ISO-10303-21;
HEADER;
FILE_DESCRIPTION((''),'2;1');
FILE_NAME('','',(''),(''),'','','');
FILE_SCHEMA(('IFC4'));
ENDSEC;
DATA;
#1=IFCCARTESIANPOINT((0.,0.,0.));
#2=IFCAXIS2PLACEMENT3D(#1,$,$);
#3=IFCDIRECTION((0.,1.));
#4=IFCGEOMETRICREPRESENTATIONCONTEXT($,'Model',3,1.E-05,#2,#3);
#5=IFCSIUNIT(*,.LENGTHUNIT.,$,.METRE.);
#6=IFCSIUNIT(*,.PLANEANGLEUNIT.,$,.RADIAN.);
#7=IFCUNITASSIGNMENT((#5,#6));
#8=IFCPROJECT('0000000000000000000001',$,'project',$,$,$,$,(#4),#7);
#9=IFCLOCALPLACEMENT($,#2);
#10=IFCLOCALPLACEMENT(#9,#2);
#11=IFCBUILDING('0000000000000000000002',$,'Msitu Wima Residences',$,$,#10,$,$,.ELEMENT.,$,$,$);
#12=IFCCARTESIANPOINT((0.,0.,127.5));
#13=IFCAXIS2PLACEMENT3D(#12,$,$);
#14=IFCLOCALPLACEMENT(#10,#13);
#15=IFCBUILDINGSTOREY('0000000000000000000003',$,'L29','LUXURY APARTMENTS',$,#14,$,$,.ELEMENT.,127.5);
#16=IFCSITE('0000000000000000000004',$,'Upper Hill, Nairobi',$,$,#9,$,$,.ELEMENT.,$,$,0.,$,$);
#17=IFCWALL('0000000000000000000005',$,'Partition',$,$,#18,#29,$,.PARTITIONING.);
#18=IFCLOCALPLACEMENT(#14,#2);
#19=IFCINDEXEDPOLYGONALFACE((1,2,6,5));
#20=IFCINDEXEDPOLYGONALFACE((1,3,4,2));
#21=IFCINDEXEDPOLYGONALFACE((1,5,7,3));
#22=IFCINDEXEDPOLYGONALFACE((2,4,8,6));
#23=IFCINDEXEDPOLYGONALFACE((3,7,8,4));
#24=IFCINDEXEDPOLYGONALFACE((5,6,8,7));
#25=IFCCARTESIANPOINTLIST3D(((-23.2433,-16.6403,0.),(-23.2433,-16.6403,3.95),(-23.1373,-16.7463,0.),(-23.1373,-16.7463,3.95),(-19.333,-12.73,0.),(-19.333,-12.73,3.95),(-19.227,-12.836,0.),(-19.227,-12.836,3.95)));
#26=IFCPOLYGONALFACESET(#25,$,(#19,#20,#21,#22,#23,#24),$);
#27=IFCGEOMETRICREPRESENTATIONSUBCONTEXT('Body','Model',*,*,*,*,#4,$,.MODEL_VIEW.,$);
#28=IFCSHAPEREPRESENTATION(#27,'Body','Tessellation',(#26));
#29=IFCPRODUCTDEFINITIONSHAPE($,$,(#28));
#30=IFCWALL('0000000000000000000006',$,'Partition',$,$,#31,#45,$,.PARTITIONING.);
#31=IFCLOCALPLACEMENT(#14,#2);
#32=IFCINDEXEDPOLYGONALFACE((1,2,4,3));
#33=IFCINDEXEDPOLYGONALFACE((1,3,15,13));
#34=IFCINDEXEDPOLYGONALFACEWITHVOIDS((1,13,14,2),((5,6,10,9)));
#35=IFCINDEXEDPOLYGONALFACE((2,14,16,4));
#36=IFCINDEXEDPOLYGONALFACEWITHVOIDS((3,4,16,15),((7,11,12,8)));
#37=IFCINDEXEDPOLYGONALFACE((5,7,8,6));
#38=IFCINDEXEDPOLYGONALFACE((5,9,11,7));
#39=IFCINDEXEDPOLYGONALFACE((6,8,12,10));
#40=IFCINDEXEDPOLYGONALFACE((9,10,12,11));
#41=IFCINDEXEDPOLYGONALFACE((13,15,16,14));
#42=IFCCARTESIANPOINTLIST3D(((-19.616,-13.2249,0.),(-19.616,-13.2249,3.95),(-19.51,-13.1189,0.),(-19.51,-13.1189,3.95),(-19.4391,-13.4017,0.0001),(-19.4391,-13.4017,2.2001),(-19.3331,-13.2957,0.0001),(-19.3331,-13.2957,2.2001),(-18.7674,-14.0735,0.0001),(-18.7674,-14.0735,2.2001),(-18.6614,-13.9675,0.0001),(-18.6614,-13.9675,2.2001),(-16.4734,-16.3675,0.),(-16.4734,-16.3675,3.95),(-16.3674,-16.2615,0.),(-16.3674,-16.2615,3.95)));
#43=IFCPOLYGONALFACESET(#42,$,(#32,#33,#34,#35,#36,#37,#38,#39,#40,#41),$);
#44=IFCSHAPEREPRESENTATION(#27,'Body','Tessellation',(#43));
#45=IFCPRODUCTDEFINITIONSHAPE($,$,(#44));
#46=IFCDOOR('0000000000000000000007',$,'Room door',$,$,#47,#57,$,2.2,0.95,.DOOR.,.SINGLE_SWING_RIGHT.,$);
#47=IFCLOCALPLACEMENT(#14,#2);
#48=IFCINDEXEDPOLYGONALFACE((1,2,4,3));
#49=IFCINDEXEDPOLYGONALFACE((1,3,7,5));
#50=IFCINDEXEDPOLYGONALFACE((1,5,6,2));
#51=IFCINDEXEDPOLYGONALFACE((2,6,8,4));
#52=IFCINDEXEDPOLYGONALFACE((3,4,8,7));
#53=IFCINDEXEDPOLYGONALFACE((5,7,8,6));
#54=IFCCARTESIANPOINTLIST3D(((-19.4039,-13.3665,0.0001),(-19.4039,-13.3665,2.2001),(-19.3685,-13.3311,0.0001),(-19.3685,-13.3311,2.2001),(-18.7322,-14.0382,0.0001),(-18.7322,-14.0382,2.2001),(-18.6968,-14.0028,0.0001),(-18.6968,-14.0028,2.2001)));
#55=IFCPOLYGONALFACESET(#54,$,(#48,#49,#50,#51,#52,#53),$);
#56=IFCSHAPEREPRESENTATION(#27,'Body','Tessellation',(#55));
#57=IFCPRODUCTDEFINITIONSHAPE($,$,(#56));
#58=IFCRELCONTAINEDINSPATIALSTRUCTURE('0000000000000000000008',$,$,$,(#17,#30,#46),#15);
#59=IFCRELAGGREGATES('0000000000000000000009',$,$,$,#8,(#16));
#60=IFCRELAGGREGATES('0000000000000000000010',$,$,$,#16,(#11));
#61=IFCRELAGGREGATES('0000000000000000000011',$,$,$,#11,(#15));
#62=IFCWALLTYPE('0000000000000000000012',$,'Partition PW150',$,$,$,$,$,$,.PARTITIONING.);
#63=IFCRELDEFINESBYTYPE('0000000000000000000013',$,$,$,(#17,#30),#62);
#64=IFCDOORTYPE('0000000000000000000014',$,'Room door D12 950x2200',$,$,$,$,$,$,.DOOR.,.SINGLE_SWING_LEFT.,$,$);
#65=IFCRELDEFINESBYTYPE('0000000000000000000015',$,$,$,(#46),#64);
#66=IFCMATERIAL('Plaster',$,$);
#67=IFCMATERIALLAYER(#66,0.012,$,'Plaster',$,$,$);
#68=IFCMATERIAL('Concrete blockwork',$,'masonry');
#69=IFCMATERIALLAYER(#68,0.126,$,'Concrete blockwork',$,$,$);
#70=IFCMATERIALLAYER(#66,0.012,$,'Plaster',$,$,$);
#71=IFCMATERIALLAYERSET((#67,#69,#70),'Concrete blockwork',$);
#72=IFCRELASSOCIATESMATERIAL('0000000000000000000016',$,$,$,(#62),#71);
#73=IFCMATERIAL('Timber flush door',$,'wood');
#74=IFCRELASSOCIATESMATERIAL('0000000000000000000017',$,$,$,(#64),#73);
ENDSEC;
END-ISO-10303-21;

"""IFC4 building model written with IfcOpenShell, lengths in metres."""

from ifc_helpers import new_model, si_unit, direction, frame, frame_2d, origin, place, context, subcontext, project, spatial, rectangle, extrude, material, layer, layer_set, type_object, element, fill, save


model = new_model("IFC4")

# Units and contexts
model_context = context("Model", 3, precision=1e-05, world=origin(), true_north=direction((0.0, 1.0)))
body_context = subcontext(model_context, "Body", "Model", "MODEL_VIEW")
ifc_project = project(units=[si_unit("LENGTHUNIT", "METRE"), si_unit("PLANEANGLEUNIT", "RADIAN")], contexts=[model_context])

# Site, building, storey
site_placement = place(None, origin())
site = spatial("IfcSite", under=ifc_project, at=site_placement, Name="Upper Hill, Nairobi", CompositionType="ELEMENT", RefElevation=0.0)
building_placement = place(site_placement, origin())
building = spatial("IfcBuilding", under=site, at=building_placement, Name="Msitu Wima Residences", CompositionType="ELEMENT")
storey_placement = place(building_placement, frame((0.0, 0.0, 127.5)))
storey = spatial("IfcBuildingStorey", under=building, at=storey_placement, Name="L29", Description="LUXURY APARTMENTS", CompositionType="ELEMENT", Elevation=127.5)

# Wall
ifc_material_1 = material(Name="Plaster")
ifc_layer_1 = layer(ifc_material_1, 0.012, Name="Plaster")
ifc_material_2 = material(Name="Concrete blockwork", Category="masonry")
ifc_layer_2 = layer(ifc_material_2, 0.126, Name="Concrete blockwork")
ifc_layer_3 = layer(ifc_material_1, 0.012, Name="Plaster")
ifc_layer_set_1 = layer_set([ifc_layer_1, ifc_layer_2, ifc_layer_3], Name="Concrete blockwork")
wall_type_1 = type_object("IfcWallType", Name="Partition PW150", PredefinedType="PARTITIONING", material=ifc_layer_set_1)
wall_1_placement = place(storey_placement, frame((-23.1904, -16.6934, 0.0), z_axis=(0.0, 0.0, 1.0), x_axis=(0.707107, 0.707107, 0.0)))
element("IfcWall", 1, at=wall_1_placement, inside=storey, type_object=wall_type_1, Name="Partition", PredefinedType="PARTITIONING", context=body_context, shape_type="SweptSolid", body=[
    extrude(rectangle(XDim=5.53, YDim=0.1499, at=frame_2d((2.7651, 0.0))), origin(), (0.0, 0.0, 1.0), 3.95),
])

# Wall, opening, door
wall_2_placement = place(storey_placement, frame((-19.563, -13.1719, 0.0), z_axis=(0.0, 0.0, 1.0), x_axis=(0.707107, -0.707107, 0.0)))
wall_2 = element("IfcWall", 2, at=wall_2_placement, inside=storey, type_object=wall_type_1, Name="Partition", PredefinedType="PARTITIONING", context=body_context, shape_type="SweptSolid", body=[
    extrude(rectangle(XDim=4.4443, YDim=0.1499, at=frame_2d((2.2222, 0.0))), origin(), (0.0, 0.0, 1.0), 3.95),
])
opening_1_placement = place(wall_2_placement, frame((0.25, 0.0, 0.0)))
opening_1 = element("IfcOpeningElement", 3, at=opening_1_placement, cuts=wall_2, PredefinedType="OPENING", context=body_context, shape_type="SweptSolid", body=[
    extrude(rectangle(XDim=0.95, YDim=2.2, at=frame_2d((0.4751, 1.1001))), frame((0.0, 0.085, 0.0), z_axis=(0.0, -1.0, 0.0), x_axis=(1.0, 0.0, 0.0)), (0.0, 0.0, 1.0), 0.1699),
])
ifc_material_3 = material(Name="Timber flush door", Category="wood")
door_type = type_object("IfcDoorType", Name="Room door D12 950x2200", OperationType="SINGLE_SWING_LEFT", PredefinedType="DOOR", material=ifc_material_3)
door_placement = place(opening_1_placement, origin())
door = element("IfcDoor", 4, at=door_placement, inside=storey, type_object=door_type, Name="Room door", OperationType="SINGLE_SWING_RIGHT", OverallHeight=2.2, OverallWidth=0.95, PredefinedType="DOOR", context=body_context, shape_type="SweptSolid", body=[
    extrude(rectangle(XDim=0.95, YDim=2.2, at=frame_2d((0.4751, 1.1001))), frame((0.0, 0.0249, 0.0), z_axis=(0.0, -1.0, 0.0), x_axis=(1.0, 0.0, 0.0)), (0.0, 0.0, 1.0), 0.05),
])
fill(opening_1, door)

save(model, "model.ifc")
